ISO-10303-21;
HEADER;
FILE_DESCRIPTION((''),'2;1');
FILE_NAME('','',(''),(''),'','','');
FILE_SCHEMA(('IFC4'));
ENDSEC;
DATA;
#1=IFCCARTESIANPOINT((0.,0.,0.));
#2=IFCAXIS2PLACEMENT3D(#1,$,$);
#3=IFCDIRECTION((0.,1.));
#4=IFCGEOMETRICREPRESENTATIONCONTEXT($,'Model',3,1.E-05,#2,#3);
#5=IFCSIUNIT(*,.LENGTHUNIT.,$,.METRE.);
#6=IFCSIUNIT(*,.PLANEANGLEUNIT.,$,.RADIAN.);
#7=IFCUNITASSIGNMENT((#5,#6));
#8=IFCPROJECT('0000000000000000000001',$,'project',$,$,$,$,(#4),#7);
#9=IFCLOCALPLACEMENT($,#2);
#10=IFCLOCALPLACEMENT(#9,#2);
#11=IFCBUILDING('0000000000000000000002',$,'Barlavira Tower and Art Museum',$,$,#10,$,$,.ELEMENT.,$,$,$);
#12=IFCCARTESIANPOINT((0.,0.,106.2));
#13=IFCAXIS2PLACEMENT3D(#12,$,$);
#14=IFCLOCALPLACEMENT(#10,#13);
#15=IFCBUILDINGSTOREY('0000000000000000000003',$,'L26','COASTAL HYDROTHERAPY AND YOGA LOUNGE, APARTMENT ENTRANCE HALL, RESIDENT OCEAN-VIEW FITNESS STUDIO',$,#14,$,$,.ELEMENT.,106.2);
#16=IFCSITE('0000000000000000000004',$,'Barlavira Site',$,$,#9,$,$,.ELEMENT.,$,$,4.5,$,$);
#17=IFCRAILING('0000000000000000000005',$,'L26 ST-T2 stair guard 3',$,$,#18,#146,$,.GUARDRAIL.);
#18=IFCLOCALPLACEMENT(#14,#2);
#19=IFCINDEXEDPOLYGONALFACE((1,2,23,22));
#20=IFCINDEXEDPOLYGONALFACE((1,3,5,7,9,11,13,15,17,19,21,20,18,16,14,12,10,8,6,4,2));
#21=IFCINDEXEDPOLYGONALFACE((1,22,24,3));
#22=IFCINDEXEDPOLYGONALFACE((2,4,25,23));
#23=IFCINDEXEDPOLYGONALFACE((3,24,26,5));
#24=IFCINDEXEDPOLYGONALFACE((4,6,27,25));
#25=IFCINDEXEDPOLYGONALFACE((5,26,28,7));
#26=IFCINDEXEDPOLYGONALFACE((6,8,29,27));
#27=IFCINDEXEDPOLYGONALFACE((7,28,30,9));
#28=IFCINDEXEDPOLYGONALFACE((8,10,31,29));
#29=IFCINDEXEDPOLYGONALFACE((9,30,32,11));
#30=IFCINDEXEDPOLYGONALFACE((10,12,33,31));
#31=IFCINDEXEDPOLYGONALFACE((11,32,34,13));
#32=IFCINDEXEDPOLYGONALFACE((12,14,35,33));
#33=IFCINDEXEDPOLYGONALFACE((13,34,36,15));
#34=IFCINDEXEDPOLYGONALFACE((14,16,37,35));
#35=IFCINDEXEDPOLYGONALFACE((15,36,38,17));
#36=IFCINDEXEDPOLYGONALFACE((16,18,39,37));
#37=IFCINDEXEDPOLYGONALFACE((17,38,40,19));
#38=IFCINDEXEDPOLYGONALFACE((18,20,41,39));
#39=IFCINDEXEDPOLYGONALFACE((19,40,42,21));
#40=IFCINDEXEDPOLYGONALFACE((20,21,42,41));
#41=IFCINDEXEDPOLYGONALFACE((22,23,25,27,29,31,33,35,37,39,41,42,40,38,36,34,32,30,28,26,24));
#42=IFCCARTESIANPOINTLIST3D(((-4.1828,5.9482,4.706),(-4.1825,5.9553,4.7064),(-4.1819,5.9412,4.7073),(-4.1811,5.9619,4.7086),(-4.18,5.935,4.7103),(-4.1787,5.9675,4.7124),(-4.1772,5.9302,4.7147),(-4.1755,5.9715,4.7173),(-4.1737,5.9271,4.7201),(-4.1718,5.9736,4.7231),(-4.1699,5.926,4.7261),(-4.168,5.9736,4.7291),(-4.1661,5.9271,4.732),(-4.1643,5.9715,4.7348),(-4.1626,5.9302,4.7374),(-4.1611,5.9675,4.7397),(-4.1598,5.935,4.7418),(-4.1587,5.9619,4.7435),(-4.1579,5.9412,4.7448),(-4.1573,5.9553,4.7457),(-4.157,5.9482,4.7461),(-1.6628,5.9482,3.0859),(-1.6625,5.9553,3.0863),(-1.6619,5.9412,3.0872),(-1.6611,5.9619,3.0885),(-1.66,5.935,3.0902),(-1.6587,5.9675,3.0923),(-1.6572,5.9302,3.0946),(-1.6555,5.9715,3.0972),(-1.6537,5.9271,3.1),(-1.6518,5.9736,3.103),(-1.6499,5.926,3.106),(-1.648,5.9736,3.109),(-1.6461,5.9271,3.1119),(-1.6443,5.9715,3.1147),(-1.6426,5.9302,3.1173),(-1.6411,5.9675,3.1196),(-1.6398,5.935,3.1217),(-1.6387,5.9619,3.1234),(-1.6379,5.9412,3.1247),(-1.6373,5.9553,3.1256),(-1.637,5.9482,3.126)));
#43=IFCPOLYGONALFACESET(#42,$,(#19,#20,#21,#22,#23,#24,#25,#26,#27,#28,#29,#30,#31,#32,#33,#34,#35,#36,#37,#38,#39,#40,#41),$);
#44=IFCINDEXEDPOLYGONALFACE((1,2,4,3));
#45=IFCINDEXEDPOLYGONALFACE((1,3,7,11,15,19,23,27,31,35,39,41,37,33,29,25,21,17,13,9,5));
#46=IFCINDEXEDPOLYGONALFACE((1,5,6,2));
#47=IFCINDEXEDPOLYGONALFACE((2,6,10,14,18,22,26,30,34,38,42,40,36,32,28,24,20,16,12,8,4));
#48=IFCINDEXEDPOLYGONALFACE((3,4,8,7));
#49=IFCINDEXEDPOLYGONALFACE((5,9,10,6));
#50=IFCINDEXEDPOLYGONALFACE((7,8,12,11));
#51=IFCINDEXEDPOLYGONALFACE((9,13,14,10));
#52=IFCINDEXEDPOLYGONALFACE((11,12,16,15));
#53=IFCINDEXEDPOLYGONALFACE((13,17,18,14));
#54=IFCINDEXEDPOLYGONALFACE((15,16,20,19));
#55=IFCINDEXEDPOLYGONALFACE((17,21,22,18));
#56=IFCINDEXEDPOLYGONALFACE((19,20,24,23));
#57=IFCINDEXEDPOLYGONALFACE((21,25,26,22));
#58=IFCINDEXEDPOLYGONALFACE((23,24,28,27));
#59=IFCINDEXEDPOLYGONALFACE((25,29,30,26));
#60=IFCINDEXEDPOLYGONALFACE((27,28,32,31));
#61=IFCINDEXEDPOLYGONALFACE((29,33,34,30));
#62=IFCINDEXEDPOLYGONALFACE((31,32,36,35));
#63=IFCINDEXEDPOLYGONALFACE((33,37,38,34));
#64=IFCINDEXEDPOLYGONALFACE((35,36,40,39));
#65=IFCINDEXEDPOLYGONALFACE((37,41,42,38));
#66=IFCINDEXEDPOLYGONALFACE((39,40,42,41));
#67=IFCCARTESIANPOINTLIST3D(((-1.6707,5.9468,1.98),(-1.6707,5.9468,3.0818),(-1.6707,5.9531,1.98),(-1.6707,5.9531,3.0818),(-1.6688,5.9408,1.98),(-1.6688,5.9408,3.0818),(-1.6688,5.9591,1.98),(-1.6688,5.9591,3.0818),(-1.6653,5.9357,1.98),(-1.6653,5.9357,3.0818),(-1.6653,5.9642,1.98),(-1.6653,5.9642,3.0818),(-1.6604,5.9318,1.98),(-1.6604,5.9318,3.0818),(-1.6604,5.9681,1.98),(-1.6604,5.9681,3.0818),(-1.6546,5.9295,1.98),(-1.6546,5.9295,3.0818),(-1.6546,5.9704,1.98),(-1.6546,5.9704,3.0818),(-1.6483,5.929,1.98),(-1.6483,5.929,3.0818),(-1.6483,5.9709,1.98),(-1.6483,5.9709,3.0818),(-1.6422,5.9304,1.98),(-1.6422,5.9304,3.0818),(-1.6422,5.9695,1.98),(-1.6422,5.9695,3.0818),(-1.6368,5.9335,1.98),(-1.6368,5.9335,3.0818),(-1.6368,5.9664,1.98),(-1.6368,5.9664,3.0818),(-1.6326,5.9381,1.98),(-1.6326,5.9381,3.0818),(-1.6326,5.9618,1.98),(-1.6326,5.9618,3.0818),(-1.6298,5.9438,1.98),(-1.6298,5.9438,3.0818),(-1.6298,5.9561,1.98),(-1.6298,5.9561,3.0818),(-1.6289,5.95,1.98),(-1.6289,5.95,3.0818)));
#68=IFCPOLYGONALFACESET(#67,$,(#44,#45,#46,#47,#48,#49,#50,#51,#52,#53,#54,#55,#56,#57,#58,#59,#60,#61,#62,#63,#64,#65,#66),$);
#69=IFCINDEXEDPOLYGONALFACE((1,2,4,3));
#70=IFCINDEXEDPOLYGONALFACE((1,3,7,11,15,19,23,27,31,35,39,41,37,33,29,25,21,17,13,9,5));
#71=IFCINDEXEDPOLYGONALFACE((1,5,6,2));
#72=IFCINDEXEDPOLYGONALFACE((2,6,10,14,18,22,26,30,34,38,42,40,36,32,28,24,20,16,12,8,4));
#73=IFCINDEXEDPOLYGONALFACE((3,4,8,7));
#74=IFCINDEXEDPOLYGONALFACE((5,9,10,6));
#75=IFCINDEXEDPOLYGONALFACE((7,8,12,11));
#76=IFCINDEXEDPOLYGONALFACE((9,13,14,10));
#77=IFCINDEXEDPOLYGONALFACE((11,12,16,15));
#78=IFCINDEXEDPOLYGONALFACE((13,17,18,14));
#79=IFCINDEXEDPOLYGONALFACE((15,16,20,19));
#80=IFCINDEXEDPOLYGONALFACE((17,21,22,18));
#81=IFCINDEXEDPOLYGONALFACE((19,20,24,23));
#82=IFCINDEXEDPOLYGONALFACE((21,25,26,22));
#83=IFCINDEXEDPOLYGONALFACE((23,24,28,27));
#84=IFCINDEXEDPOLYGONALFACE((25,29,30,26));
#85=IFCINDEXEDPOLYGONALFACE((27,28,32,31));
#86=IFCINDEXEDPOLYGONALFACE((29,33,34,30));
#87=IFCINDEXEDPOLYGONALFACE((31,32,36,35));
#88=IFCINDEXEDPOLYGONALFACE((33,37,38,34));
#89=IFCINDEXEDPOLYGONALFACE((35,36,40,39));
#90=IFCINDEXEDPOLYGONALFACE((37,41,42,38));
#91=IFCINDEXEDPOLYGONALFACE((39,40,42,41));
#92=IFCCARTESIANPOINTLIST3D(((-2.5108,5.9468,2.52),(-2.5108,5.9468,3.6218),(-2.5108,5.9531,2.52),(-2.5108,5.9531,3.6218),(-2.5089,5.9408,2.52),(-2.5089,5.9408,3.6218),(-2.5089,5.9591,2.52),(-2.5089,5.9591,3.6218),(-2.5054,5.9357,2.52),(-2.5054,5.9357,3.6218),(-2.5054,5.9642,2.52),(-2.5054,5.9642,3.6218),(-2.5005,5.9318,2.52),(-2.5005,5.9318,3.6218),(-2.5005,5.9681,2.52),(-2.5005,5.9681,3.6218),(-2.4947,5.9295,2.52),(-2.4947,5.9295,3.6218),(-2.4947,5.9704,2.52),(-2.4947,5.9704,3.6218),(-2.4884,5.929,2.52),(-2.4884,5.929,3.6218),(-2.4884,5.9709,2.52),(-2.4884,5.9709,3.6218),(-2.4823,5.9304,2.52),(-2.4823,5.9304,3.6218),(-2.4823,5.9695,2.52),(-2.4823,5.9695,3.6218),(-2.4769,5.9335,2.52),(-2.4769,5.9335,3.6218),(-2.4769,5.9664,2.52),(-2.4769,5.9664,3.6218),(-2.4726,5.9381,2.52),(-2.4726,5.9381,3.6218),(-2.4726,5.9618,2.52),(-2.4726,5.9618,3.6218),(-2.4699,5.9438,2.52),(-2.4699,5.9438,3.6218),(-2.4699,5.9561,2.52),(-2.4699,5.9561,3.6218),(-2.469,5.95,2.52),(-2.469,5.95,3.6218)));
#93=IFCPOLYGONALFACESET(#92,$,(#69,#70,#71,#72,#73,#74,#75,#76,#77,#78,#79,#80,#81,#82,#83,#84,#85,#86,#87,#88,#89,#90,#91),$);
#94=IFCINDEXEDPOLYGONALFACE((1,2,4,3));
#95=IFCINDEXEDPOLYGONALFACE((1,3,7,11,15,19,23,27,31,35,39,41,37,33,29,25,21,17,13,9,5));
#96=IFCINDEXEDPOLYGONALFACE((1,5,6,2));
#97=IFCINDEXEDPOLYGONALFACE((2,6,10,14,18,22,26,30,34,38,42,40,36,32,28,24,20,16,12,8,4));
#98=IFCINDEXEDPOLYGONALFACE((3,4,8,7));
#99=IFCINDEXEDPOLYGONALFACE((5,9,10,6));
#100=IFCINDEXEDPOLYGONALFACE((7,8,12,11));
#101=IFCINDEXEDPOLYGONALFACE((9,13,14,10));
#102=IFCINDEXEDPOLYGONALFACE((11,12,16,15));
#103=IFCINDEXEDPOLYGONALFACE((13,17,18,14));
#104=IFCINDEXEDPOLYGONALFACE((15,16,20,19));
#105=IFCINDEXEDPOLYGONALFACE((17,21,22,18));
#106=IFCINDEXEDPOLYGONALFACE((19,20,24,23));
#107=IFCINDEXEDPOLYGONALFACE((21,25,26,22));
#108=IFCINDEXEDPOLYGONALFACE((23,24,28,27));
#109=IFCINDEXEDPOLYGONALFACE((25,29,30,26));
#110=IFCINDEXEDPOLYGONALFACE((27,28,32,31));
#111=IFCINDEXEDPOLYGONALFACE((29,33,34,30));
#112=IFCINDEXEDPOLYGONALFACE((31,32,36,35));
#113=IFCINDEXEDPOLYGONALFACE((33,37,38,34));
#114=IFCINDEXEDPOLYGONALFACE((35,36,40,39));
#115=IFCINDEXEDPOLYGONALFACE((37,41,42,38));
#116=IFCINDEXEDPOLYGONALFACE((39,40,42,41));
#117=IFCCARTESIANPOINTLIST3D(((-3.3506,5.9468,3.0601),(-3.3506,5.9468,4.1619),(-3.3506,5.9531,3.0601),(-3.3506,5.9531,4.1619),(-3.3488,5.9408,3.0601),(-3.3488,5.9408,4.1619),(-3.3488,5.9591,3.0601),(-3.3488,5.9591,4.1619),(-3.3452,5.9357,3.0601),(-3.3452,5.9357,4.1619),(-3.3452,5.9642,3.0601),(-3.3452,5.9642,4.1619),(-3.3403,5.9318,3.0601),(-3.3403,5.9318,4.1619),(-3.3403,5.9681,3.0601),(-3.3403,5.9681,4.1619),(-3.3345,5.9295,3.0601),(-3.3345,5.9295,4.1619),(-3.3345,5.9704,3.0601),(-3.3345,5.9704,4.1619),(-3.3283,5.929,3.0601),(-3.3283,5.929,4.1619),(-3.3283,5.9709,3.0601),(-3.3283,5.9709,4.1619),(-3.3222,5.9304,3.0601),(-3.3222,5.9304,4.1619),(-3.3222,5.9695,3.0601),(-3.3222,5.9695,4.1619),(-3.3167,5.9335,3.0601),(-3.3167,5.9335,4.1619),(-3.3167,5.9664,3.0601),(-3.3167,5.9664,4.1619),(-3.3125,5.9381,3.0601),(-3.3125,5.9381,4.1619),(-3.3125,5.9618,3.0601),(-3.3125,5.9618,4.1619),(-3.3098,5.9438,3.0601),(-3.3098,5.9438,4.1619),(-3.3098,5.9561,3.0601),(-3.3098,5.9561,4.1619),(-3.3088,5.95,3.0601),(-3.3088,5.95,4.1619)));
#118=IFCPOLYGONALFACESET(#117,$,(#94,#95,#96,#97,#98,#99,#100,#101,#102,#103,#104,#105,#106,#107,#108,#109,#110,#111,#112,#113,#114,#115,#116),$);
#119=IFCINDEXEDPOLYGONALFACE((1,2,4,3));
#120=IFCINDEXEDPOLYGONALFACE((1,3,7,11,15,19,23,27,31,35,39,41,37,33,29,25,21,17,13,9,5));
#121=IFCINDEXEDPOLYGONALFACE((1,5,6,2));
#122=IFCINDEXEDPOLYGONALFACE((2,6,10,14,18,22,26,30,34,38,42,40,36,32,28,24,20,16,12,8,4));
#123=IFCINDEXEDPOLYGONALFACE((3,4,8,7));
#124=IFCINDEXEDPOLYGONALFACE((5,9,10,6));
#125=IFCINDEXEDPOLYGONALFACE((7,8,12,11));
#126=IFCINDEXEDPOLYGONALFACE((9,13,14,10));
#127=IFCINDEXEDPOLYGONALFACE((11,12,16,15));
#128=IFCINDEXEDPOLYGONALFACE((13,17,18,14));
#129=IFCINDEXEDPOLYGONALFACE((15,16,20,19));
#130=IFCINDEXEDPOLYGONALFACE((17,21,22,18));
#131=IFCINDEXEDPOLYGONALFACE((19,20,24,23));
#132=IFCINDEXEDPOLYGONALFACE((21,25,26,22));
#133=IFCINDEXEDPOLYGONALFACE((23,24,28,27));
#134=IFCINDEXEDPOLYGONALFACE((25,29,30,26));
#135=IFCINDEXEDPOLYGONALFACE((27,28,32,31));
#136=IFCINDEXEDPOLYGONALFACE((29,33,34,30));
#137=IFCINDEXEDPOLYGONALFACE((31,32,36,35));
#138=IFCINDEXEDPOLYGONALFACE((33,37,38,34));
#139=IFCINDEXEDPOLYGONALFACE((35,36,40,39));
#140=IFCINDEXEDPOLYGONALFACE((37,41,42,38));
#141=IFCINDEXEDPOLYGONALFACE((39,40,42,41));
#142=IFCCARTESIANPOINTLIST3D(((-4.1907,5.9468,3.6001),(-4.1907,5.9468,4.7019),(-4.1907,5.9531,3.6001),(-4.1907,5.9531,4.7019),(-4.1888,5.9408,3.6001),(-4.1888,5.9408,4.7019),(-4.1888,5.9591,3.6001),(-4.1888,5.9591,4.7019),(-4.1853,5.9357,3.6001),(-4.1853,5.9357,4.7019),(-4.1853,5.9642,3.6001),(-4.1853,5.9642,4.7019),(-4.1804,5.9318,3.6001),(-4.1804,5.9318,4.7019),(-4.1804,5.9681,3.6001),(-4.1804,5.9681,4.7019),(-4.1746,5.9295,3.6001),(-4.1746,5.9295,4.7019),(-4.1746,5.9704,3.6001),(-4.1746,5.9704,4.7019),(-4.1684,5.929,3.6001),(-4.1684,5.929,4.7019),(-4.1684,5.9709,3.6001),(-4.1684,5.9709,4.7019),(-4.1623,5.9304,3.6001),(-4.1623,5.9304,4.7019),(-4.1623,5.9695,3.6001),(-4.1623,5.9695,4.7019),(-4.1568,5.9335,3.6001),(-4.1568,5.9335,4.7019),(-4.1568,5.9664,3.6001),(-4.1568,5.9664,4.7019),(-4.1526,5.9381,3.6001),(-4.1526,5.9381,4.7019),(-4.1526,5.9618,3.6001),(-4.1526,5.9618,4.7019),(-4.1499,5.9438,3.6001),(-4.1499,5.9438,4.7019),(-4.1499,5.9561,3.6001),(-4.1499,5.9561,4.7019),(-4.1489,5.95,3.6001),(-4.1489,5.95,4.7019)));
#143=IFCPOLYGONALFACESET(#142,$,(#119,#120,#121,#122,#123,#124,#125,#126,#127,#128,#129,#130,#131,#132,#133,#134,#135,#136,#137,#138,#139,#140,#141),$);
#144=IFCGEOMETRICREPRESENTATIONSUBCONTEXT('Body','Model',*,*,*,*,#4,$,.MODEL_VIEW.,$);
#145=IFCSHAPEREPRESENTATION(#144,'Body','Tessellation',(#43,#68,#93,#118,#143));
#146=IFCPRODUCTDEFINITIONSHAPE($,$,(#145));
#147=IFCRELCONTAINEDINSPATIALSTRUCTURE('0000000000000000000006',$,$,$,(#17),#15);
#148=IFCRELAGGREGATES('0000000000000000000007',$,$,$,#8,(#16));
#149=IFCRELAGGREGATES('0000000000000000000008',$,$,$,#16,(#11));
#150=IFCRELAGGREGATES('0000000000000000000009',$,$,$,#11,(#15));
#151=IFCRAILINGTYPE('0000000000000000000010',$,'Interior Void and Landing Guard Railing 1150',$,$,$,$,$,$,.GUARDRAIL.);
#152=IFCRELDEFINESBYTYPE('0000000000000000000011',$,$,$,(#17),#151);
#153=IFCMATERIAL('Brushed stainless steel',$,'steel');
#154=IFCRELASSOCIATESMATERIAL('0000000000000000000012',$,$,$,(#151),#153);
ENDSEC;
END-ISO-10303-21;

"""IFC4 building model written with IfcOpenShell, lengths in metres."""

from ifc_helpers import new_model, si_unit, direction, frame, origin, origin_2d, place, context, subcontext, project, spatial, circle, extrude, material, type_object, element, save


model = new_model("IFC4")

# Units and contexts
model_context = context("Model", 3, precision=1e-05, world=origin(), true_north=direction((0.0, 1.0)))
body_context = subcontext(model_context, "Body", "Model", "MODEL_VIEW")
ifc_project = project(units=[si_unit("LENGTHUNIT", "METRE"), si_unit("PLANEANGLEUNIT", "RADIAN")], contexts=[model_context])

# Site, building, storey
site_placement = place(None, origin())
site = spatial("IfcSite", under=ifc_project, at=site_placement, Name="Barlavira Site", CompositionType="ELEMENT", RefElevation=4.5)
building_placement = place(site_placement, origin())
building = spatial("IfcBuilding", under=site, at=building_placement, Name="Barlavira Tower and Art Museum", CompositionType="ELEMENT")
storey_placement = place(building_placement, frame((0.0, 0.0, 106.2)))
storey = spatial("IfcBuildingStorey", under=building, at=storey_placement, Name="L26", Description="COASTAL HYDROTHERAPY AND YOGA LOUNGE, APARTMENT ENTRANCE HALL, RESIDENT OCEAN-VIEW FITNESS STUDIO", CompositionType="ELEMENT", Elevation=106.2)

# Shared definitions
ifc_material_1 = material(Name="Brushed stainless steel", Category="steel")

# Railing
railing_type_1 = type_object("IfcRailingType", Name="Interior Void and Landing Guard Railing 1150", PredefinedType="GUARDRAIL", material=ifc_material_1)
railing_1_placement = place(storey_placement, frame((-1.6499, 5.95, 1.98)))
element("IfcRailing", 1, at=railing_1_placement, inside=storey, type_object=railing_type_1, Name="L26 ST-T2 stair guard 3", PredefinedType="GUARDRAIL", context=body_context, shape_type="SweptSolid", body=[
    extrude(circle(Radius=0.0239, at=origin_2d()), frame((0.0, 0.0, 1.126), z_axis=(-0.841163, 0.0, 0.540782), x_axis=(0.0, -1.0, 0.0)), (0.0, 0.0, 1.0), 2.9958),
    extrude(circle(Radius=0.021, at=origin_2d()), origin(), (0.0, 0.0, 1.0), 1.1018),
    extrude(circle(Radius=0.021, at=origin_2d()), frame((-0.8401, 0.0, 0.54)), (0.0, 0.0, 1.0), 1.1018),
    extrude(circle(Radius=0.021, at=origin_2d()), frame((-1.6799, 0.0, 1.0801)), (0.0, 0.0, 1.0), 1.1018),
    extrude(circle(Radius=0.021, at=origin_2d()), frame((-2.52, 0.0, 1.6201)), (0.0, 0.0, 1.0), 1.1018),
])

save(model, "model.ifc")
